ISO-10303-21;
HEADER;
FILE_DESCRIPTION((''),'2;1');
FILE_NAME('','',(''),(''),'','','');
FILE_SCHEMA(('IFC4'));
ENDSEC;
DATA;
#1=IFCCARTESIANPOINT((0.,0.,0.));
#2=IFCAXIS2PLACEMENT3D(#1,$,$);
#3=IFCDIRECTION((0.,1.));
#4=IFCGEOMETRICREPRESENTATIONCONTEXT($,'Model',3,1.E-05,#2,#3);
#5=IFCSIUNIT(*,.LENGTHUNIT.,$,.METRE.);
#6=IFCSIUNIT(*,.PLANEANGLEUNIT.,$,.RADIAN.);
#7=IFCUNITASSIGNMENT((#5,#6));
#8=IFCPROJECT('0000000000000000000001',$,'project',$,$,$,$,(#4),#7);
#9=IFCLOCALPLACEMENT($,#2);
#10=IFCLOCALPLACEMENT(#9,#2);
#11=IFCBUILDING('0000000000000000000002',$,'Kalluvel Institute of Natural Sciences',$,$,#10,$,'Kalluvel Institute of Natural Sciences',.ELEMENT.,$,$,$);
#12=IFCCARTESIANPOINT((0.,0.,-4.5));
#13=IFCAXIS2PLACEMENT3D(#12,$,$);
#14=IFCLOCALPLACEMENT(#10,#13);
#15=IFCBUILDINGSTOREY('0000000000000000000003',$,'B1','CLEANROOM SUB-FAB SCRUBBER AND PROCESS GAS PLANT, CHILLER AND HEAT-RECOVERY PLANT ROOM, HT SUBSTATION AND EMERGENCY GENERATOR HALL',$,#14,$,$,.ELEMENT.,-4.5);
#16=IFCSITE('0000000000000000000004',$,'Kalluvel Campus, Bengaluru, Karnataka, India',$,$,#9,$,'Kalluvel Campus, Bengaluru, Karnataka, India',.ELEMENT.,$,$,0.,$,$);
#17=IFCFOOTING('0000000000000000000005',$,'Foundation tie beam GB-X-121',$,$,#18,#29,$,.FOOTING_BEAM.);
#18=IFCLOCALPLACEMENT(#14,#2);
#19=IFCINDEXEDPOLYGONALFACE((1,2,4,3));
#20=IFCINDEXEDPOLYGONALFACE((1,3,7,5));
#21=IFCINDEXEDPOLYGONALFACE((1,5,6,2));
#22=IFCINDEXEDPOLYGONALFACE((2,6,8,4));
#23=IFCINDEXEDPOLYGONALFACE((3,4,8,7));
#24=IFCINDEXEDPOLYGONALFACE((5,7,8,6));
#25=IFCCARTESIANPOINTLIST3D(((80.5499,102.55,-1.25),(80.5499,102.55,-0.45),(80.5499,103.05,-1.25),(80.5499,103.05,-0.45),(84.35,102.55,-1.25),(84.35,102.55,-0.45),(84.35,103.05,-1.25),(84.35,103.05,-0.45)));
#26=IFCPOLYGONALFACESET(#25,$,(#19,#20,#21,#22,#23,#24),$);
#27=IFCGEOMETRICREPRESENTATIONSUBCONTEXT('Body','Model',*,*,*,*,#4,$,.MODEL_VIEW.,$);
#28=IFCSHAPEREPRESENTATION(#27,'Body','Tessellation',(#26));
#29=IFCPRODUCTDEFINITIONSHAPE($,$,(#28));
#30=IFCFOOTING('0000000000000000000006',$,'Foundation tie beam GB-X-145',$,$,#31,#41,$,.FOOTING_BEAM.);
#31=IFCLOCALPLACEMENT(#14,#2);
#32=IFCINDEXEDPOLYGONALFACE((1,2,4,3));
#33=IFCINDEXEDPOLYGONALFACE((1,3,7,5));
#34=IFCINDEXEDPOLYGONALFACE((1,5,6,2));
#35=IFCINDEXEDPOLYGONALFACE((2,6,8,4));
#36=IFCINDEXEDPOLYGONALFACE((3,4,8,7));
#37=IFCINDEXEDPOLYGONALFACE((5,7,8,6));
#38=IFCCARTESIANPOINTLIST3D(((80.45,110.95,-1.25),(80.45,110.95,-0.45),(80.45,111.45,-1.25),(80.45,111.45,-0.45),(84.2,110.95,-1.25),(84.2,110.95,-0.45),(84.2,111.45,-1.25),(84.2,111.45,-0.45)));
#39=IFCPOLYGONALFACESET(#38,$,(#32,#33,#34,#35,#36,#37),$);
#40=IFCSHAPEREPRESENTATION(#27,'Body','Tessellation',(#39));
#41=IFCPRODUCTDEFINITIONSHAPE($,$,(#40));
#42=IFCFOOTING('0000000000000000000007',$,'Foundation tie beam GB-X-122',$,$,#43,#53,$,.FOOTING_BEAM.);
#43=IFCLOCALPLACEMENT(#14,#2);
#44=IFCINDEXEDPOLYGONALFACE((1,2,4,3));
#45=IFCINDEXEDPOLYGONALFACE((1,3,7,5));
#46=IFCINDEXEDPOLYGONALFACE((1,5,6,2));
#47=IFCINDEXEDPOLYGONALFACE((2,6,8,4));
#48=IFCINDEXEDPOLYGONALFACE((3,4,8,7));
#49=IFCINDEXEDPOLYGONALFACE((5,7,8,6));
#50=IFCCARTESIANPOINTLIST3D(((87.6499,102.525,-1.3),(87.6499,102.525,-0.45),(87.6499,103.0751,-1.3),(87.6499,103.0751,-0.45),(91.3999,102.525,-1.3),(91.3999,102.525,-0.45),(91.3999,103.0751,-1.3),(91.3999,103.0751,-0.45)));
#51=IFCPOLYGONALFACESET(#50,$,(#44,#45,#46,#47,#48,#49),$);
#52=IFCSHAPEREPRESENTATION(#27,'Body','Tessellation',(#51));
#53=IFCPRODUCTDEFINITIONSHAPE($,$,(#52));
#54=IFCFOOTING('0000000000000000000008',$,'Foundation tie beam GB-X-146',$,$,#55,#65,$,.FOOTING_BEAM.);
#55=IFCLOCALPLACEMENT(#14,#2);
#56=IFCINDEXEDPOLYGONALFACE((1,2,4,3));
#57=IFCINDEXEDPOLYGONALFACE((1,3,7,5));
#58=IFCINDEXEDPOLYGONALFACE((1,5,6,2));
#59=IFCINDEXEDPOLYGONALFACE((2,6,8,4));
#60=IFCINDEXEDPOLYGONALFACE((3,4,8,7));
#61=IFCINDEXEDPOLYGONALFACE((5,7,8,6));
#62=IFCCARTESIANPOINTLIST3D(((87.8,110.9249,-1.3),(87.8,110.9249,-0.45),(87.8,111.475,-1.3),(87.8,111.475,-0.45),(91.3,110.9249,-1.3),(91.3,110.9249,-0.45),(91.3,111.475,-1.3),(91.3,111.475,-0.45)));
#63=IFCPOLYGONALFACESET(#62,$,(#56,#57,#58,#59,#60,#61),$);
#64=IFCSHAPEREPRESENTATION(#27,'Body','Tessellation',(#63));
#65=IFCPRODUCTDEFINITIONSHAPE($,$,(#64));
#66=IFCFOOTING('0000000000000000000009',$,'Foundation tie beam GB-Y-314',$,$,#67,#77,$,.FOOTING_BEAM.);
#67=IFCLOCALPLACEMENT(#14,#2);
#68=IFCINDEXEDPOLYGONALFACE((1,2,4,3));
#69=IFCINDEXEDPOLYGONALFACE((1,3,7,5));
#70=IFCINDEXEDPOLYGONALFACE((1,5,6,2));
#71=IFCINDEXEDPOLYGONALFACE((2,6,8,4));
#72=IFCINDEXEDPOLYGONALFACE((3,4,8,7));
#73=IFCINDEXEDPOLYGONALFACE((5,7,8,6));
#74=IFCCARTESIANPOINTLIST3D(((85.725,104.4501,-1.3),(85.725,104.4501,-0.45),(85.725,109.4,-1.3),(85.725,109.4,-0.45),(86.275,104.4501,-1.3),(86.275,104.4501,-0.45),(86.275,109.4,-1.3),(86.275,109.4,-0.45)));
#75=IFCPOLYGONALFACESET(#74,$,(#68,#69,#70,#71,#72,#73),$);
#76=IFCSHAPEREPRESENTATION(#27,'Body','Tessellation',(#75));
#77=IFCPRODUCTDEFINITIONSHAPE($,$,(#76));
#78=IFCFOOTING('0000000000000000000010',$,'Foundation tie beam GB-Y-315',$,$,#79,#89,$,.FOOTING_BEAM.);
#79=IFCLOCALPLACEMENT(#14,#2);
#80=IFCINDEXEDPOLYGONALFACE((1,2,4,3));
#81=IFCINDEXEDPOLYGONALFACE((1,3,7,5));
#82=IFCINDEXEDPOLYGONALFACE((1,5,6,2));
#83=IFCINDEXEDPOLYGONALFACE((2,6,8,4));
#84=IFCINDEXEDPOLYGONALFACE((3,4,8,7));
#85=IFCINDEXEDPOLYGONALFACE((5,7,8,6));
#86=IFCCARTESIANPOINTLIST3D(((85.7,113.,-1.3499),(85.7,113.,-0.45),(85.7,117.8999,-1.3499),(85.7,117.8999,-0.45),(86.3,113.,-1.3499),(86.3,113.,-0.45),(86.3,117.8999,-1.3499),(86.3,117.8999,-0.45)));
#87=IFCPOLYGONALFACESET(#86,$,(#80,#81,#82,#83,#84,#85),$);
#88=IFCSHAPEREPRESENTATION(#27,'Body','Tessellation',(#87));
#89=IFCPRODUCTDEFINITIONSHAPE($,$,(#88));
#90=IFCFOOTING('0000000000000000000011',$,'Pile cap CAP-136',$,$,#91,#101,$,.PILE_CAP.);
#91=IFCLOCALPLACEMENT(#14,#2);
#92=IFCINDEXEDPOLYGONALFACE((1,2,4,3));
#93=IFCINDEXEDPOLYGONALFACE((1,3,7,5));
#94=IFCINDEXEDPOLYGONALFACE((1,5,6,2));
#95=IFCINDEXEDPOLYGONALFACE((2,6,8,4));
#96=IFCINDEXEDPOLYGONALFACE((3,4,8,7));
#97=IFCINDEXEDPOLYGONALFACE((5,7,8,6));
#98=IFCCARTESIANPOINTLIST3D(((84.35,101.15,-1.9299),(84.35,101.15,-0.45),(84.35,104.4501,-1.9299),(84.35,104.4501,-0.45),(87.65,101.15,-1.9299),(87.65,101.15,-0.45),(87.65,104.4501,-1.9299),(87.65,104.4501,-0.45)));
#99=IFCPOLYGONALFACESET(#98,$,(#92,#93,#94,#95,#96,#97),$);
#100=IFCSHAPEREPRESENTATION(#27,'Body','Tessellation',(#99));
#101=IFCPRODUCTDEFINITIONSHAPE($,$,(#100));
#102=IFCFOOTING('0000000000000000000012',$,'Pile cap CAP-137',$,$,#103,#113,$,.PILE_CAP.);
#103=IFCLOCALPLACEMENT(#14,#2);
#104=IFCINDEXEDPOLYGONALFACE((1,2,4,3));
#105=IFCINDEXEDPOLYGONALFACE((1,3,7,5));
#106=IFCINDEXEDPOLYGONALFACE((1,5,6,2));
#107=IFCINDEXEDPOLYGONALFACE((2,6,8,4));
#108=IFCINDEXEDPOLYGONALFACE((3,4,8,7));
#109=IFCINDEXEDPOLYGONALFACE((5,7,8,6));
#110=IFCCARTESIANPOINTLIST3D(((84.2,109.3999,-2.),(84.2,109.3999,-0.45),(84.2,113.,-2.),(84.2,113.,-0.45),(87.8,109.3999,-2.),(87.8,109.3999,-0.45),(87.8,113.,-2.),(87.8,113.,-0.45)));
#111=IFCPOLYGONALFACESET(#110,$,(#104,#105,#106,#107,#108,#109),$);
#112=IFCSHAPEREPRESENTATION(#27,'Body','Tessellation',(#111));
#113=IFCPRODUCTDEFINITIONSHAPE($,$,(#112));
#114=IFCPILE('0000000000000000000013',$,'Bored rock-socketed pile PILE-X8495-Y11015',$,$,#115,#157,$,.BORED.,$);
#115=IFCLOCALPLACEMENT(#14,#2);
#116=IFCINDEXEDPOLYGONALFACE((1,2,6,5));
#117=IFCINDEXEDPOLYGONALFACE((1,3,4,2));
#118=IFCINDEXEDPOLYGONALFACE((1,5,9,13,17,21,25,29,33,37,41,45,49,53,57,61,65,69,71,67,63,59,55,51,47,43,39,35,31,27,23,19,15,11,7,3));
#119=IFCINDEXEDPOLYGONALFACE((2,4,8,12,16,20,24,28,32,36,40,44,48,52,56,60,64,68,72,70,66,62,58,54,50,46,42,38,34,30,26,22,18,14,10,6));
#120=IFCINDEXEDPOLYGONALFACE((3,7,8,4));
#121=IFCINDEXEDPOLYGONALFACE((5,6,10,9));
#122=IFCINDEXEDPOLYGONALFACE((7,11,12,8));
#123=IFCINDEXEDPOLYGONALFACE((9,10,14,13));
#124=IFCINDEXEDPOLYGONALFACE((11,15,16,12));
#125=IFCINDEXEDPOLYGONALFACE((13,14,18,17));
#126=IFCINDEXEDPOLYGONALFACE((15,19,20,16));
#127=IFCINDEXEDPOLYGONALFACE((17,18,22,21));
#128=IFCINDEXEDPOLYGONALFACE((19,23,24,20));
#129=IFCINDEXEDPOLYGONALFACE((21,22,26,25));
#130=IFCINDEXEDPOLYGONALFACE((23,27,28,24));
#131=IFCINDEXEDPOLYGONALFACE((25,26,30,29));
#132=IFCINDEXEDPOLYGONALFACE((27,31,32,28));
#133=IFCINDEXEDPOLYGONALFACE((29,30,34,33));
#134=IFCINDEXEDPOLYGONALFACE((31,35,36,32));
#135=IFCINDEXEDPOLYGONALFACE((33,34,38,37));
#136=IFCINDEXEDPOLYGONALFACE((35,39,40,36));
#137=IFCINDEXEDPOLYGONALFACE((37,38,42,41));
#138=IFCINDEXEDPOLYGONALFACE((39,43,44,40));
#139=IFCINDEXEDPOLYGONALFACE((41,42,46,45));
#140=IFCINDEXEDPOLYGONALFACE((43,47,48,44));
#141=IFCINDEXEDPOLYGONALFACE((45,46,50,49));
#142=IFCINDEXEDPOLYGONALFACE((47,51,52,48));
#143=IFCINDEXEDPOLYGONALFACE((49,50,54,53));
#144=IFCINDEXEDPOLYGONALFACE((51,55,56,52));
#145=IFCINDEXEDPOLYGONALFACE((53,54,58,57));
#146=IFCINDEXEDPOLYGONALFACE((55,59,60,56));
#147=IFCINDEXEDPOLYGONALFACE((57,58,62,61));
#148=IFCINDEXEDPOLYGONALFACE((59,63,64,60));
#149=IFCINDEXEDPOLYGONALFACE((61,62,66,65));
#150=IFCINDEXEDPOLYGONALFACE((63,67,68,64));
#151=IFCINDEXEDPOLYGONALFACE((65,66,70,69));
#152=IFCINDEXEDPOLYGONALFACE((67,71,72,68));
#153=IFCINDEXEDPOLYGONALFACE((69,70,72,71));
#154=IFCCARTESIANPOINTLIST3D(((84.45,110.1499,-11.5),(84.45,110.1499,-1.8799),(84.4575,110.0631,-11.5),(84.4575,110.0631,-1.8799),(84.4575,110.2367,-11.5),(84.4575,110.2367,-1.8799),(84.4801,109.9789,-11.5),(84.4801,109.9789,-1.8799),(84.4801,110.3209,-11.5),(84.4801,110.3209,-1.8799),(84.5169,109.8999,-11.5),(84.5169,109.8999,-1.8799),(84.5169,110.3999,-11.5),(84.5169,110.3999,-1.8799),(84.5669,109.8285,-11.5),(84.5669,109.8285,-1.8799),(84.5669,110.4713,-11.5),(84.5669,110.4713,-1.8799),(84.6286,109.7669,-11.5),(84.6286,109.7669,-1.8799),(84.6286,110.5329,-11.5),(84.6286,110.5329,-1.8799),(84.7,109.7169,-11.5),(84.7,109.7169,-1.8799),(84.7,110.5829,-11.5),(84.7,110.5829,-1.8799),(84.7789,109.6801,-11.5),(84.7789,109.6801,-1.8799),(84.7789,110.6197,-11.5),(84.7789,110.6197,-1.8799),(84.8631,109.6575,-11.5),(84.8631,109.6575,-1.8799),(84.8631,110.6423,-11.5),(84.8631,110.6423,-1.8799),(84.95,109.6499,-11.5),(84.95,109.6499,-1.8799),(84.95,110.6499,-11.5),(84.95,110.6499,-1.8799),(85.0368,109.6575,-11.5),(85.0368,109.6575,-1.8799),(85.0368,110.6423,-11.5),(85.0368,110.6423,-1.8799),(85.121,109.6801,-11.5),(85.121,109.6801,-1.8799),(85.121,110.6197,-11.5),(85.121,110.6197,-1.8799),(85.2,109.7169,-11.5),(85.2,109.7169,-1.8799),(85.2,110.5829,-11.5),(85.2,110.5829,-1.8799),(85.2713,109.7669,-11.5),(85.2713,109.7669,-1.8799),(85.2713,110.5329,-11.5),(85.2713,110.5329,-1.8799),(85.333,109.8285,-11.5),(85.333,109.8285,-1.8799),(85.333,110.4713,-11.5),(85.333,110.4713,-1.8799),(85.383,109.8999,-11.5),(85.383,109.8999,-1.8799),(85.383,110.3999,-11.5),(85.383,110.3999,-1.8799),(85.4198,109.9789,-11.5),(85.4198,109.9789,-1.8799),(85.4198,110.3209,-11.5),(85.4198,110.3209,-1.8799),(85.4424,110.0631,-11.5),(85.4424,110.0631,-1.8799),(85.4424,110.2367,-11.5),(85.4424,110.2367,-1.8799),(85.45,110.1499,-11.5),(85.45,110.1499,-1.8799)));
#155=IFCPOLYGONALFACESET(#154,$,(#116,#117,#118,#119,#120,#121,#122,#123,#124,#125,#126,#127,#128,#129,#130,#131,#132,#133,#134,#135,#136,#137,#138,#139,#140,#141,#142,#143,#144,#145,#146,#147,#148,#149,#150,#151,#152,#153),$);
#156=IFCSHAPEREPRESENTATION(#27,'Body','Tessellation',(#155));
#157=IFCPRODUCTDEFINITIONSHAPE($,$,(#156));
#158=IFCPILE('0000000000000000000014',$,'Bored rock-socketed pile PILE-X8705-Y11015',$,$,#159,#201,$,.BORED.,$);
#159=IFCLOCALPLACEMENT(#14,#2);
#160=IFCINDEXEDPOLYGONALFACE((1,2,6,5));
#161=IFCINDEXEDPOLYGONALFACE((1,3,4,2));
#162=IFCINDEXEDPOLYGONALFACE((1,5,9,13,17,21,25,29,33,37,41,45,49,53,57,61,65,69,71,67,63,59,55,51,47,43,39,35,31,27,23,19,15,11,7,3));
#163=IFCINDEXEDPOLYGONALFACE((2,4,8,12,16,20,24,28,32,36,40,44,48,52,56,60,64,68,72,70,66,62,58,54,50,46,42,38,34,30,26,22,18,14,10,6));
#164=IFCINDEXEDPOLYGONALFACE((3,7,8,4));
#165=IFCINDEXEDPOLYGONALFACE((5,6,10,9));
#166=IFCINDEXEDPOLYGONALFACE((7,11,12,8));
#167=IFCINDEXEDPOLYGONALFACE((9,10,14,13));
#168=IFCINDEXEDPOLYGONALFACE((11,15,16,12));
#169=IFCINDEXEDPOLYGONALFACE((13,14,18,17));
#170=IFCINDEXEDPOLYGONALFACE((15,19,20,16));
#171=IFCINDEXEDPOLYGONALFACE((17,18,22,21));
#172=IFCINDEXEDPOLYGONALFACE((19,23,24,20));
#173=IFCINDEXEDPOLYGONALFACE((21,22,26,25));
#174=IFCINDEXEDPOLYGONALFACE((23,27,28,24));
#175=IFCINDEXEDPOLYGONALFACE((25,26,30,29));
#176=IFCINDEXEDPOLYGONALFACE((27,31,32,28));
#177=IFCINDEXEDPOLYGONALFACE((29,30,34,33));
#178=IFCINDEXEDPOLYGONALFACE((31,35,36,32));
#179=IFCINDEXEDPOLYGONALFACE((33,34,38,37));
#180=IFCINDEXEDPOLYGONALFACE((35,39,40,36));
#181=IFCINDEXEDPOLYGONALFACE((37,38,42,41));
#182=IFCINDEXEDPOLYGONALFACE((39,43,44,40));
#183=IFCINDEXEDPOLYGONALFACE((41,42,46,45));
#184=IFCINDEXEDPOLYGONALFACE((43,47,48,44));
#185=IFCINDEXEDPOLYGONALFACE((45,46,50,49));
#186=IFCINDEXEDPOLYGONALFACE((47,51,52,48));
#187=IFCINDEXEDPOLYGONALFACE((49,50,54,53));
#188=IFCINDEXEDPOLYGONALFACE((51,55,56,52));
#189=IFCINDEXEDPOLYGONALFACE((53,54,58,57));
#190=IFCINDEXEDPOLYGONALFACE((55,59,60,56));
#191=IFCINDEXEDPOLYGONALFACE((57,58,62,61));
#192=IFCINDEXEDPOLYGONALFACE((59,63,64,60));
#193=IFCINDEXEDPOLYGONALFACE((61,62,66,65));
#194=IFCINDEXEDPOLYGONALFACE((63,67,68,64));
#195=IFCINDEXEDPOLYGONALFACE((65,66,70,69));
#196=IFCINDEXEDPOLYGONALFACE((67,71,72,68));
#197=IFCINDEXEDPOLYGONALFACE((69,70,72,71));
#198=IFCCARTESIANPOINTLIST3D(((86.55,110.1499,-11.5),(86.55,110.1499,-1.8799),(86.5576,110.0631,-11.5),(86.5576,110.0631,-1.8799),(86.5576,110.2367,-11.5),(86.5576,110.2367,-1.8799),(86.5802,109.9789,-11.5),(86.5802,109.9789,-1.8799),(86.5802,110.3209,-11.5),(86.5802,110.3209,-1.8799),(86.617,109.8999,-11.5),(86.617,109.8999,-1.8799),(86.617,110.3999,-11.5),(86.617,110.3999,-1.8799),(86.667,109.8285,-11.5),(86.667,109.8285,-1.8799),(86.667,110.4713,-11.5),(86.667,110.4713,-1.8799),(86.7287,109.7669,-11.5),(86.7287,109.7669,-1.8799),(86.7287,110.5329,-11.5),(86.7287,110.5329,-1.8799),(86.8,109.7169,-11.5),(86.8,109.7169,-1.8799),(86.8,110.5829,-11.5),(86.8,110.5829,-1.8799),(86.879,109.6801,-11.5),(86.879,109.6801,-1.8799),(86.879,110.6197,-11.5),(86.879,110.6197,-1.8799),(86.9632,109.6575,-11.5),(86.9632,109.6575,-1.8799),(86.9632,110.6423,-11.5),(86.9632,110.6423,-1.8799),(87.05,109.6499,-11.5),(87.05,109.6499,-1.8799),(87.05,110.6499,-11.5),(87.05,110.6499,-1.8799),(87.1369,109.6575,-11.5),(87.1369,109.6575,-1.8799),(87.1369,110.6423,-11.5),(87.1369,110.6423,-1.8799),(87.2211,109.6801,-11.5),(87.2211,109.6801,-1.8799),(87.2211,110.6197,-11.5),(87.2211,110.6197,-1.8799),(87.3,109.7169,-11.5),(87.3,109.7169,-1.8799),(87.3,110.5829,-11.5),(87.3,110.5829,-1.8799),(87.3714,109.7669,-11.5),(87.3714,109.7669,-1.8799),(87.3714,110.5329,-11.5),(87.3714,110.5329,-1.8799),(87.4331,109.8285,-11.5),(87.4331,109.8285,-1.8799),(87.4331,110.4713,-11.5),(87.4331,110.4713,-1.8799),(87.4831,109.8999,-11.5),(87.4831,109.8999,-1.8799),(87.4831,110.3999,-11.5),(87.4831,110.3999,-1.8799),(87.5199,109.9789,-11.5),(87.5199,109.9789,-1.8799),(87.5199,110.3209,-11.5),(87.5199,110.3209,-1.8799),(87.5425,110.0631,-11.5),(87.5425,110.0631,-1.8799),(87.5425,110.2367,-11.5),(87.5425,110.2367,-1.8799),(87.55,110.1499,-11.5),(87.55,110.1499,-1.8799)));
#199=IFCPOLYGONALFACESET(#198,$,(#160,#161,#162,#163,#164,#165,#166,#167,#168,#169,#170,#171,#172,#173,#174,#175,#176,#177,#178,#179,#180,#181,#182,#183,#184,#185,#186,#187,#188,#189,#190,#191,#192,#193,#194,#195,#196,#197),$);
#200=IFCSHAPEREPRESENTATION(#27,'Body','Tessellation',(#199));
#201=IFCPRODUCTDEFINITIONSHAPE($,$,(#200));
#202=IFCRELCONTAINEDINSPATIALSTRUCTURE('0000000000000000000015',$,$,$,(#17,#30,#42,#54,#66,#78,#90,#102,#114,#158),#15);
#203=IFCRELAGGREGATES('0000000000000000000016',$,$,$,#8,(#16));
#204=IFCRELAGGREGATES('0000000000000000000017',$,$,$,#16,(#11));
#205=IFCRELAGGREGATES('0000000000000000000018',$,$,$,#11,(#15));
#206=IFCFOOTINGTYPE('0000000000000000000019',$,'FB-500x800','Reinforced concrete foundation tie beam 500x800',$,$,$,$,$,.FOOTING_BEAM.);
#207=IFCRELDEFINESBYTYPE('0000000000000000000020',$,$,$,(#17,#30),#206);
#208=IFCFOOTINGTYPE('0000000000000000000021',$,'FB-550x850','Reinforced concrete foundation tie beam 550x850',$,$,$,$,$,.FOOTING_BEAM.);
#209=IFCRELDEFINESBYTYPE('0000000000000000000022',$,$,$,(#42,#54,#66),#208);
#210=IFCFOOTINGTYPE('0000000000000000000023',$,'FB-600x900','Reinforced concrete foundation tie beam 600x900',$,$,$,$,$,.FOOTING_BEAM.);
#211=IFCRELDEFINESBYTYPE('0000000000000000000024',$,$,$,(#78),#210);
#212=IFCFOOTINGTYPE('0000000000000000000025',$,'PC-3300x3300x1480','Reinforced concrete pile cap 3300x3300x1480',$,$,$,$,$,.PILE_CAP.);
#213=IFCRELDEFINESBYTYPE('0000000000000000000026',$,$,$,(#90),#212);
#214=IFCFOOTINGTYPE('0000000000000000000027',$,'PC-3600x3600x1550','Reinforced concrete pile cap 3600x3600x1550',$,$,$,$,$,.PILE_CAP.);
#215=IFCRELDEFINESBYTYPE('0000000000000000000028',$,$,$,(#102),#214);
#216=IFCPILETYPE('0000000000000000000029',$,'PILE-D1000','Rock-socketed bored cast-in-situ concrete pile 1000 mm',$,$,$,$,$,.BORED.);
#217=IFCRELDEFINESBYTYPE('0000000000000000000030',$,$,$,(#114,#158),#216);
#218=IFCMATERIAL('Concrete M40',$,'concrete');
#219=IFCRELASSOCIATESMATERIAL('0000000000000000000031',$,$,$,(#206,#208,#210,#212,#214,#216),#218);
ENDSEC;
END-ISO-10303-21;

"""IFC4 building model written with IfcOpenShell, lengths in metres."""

from ifc_helpers import new_model, si_unit, direction, frame, origin, origin_2d, place, context, subcontext, project, spatial, rectangle, circle, extrude, material, material_profile, profile_set, type_object, element, save


model = new_model("IFC4")

# Units and contexts
model_context = context("Model", 3, precision=1e-05, world=origin(), true_north=direction((0.0, 1.0)))
body_context = subcontext(model_context, "Body", "Model", "MODEL_VIEW")
ifc_project = project(units=[si_unit("LENGTHUNIT", "METRE"), si_unit("PLANEANGLEUNIT", "RADIAN")], contexts=[model_context])

# Site, building, storey
site_placement = place(None, origin())
site = spatial("IfcSite", under=ifc_project, at=site_placement, Name="Kalluvel Campus, Bengaluru, Karnataka, India", LongName="Kalluvel Campus, Bengaluru, Karnataka, India", CompositionType="ELEMENT", RefElevation=0.0)
building_placement = place(site_placement, origin())
building = spatial("IfcBuilding", under=site, at=building_placement, Name="Kalluvel Institute of Natural Sciences", LongName="Kalluvel Institute of Natural Sciences", CompositionType="ELEMENT")
storey_placement = place(building_placement, frame((0.0, 0.0, -4.5)))
storey = spatial("IfcBuildingStorey", under=building, at=storey_placement, Name="B1", Description="CLEANROOM SUB-FAB SCRUBBER AND PROCESS GAS PLANT, CHILLER AND HEAT-RECOVERY PLANT ROOM, HT SUBSTATION AND EMERGENCY GENERATOR HALL", CompositionType="ELEMENT", Elevation=-4.5)

# Footings
ifc_material_1 = material(Name="Concrete M40", Category="concrete")
footing_type_1 = type_object("IfcFootingType", Name="FB-500x800", Description="Reinforced concrete foundation tie beam 500x800", PredefinedType="FOOTING_BEAM", material=ifc_material_1)
footing_1_placement = place(storey_placement, frame((82.45, 102.8, -1.25), z_axis=(0.0, 0.0, 1.0), x_axis=(1.0, 0.0, 0.0)))
element("IfcFooting", 1, at=footing_1_placement, inside=storey, type_object=footing_type_1, Name="Foundation tie beam GB-X-121", PredefinedType="FOOTING_BEAM", context=body_context, shape_type="SweptSolid", body=[
    extrude(rectangle(XDim=3.8, YDim=0.5, at=origin_2d()), origin(), (0.0, 0.0, 1.0), 0.8),
])
footing_2_placement = place(storey_placement, frame((82.325, 111.2, -1.25), z_axis=(0.0, 0.0, 1.0), x_axis=(1.0, 0.0, 0.0)))
element("IfcFooting", 2, at=footing_2_placement, inside=storey, type_object=footing_type_1, Name="Foundation tie beam GB-X-145", PredefinedType="FOOTING_BEAM", context=body_context, shape_type="SweptSolid", body=[
    extrude(rectangle(XDim=3.75, YDim=0.5, at=origin_2d()), origin(), (0.0, 0.0, 1.0), 0.8),
])
footing_type_2 = type_object("IfcFootingType", Name="FB-550x850", Description="Reinforced concrete foundation tie beam 550x850", PredefinedType="FOOTING_BEAM", material=ifc_material_1)
footing_3_placement = place(storey_placement, frame((89.5249, 102.8, -1.3), z_axis=(0.0, 0.0, 1.0), x_axis=(1.0, 0.0, 0.0)))
element("IfcFooting", 3, at=footing_3_placement, inside=storey, type_object=footing_type_2, Name="Foundation tie beam GB-X-122", PredefinedType="FOOTING_BEAM", context=body_context, shape_type="SweptSolid", body=[
    extrude(rectangle(XDim=3.75, YDim=0.55, at=origin_2d()), origin(), (0.0, 0.0, 1.0), 0.8501),
])
footing_4_placement = place(storey_placement, frame((89.55, 111.2, -1.3), z_axis=(0.0, 0.0, 1.0), x_axis=(1.0, 0.0, 0.0)))
element("IfcFooting", 4, at=footing_4_placement, inside=storey, type_object=footing_type_2, Name="Foundation tie beam GB-X-146", PredefinedType="FOOTING_BEAM", context=body_context, shape_type="SweptSolid", body=[
    extrude(rectangle(XDim=3.5, YDim=0.55, at=origin_2d()), origin(), (0.0, 0.0, 1.0), 0.8501),
])
footing_5_placement = place(storey_placement, frame((86.0, 106.925, -1.3), z_axis=(0.0, 0.0, 1.0), x_axis=(1.0, 0.0, 0.0)))
element("IfcFooting", 5, at=footing_5_placement, inside=storey, type_object=footing_type_2, Name="Foundation tie beam GB-Y-314", PredefinedType="FOOTING_BEAM", context=body_context, shape_type="SweptSolid", body=[
    extrude(rectangle(XDim=0.55, YDim=4.95, at=origin_2d()), origin(), (0.0, 0.0, 1.0), 0.8501),
])
footing_type_3 = type_object("IfcFootingType", Name="FB-600x900", Description="Reinforced concrete foundation tie beam 600x900", PredefinedType="FOOTING_BEAM", material=ifc_material_1)
footing_6_placement = place(storey_placement, frame((86.0, 115.45, -1.3499), z_axis=(0.0, 0.0, 1.0), x_axis=(1.0, 0.0, 0.0)))
element("IfcFooting", 6, at=footing_6_placement, inside=storey, type_object=footing_type_3, Name="Foundation tie beam GB-Y-315", PredefinedType="FOOTING_BEAM", context=body_context, shape_type="SweptSolid", body=[
    extrude(rectangle(XDim=0.6001, YDim=4.8999, at=origin_2d()), origin(), (0.0, 0.0, 1.0), 0.8999),
])
footing_type_4 = type_object("IfcFootingType", Name="PC-3300x3300x1480", Description="Reinforced concrete pile cap 3300x3300x1480", PredefinedType="PILE_CAP", material=ifc_material_1)
footing_7_placement = place(storey_placement, frame((86.0, 102.8, -1.9299), z_axis=(0.0, 0.0, 1.0), x_axis=(1.0, 0.0, 0.0)))
element("IfcFooting", 7, at=footing_7_placement, inside=storey, type_object=footing_type_4, Name="Pile cap CAP-136", PredefinedType="PILE_CAP", context=body_context, shape_type="SweptSolid", body=[
    extrude(rectangle(XDim=3.3, YDim=3.3, at=origin_2d()), origin(), (0.0, 0.0, 1.0), 1.48),
])
footing_type_5 = type_object("IfcFootingType", Name="PC-3600x3600x1550", Description="Reinforced concrete pile cap 3600x3600x1550", PredefinedType="PILE_CAP", material=ifc_material_1)
footing_8_placement = place(storey_placement, frame((86.0, 111.2, -2.0), z_axis=(0.0, 0.0, 1.0), x_axis=(1.0, 0.0, 0.0)))
element("IfcFooting", 8, at=footing_8_placement, inside=storey, type_object=footing_type_5, Name="Pile cap CAP-137", PredefinedType="PILE_CAP", context=body_context, shape_type="SweptSolid", body=[
    extrude(rectangle(XDim=3.6001, YDim=3.6001, at=origin_2d()), origin(), (0.0, 0.0, 1.0), 1.55),
])

# Piles
ifc_material_profile_1 = material_profile(ifc_material_1, circle(Radius=0.5, at=origin_2d()), Name="PILE D1000")
ifc_profile_set_1 = profile_set([ifc_material_profile_1], Name="Concrete M40")
pile_type_1 = type_object("IfcPileType", Name="PILE-D1000", Description="Rock-socketed bored cast-in-situ concrete pile 1000 mm", PredefinedType="BORED", material=ifc_profile_set_1)
for number, where, z_axis, x_axis, name in (
    (9, (84.95, 110.1499, -1.8799), (0.0, 0.0, -1.0), (1.0, 0.0, 0.0), "Bored rock-socketed pile PILE-X8495-Y11015"),
    (10, (87.05, 110.1499, -1.8799), (0.0, 0.0, -1.0), (1.0, 0.0, 0.0), "Bored rock-socketed pile PILE-X8705-Y11015"),
):
    element("IfcPile", number, at=place(storey_placement, frame(where, z_axis=z_axis, x_axis=x_axis)), inside=storey, type_object=pile_type_1, Name=name, PredefinedType="BORED", context=body_context, shape_type="SweptSolid", body=[
        extrude(circle(Radius=0.5, at=origin_2d()), origin(), (0.0, 0.0, 1.0), 9.6201),
    ])

save(model, "model.ifc")
